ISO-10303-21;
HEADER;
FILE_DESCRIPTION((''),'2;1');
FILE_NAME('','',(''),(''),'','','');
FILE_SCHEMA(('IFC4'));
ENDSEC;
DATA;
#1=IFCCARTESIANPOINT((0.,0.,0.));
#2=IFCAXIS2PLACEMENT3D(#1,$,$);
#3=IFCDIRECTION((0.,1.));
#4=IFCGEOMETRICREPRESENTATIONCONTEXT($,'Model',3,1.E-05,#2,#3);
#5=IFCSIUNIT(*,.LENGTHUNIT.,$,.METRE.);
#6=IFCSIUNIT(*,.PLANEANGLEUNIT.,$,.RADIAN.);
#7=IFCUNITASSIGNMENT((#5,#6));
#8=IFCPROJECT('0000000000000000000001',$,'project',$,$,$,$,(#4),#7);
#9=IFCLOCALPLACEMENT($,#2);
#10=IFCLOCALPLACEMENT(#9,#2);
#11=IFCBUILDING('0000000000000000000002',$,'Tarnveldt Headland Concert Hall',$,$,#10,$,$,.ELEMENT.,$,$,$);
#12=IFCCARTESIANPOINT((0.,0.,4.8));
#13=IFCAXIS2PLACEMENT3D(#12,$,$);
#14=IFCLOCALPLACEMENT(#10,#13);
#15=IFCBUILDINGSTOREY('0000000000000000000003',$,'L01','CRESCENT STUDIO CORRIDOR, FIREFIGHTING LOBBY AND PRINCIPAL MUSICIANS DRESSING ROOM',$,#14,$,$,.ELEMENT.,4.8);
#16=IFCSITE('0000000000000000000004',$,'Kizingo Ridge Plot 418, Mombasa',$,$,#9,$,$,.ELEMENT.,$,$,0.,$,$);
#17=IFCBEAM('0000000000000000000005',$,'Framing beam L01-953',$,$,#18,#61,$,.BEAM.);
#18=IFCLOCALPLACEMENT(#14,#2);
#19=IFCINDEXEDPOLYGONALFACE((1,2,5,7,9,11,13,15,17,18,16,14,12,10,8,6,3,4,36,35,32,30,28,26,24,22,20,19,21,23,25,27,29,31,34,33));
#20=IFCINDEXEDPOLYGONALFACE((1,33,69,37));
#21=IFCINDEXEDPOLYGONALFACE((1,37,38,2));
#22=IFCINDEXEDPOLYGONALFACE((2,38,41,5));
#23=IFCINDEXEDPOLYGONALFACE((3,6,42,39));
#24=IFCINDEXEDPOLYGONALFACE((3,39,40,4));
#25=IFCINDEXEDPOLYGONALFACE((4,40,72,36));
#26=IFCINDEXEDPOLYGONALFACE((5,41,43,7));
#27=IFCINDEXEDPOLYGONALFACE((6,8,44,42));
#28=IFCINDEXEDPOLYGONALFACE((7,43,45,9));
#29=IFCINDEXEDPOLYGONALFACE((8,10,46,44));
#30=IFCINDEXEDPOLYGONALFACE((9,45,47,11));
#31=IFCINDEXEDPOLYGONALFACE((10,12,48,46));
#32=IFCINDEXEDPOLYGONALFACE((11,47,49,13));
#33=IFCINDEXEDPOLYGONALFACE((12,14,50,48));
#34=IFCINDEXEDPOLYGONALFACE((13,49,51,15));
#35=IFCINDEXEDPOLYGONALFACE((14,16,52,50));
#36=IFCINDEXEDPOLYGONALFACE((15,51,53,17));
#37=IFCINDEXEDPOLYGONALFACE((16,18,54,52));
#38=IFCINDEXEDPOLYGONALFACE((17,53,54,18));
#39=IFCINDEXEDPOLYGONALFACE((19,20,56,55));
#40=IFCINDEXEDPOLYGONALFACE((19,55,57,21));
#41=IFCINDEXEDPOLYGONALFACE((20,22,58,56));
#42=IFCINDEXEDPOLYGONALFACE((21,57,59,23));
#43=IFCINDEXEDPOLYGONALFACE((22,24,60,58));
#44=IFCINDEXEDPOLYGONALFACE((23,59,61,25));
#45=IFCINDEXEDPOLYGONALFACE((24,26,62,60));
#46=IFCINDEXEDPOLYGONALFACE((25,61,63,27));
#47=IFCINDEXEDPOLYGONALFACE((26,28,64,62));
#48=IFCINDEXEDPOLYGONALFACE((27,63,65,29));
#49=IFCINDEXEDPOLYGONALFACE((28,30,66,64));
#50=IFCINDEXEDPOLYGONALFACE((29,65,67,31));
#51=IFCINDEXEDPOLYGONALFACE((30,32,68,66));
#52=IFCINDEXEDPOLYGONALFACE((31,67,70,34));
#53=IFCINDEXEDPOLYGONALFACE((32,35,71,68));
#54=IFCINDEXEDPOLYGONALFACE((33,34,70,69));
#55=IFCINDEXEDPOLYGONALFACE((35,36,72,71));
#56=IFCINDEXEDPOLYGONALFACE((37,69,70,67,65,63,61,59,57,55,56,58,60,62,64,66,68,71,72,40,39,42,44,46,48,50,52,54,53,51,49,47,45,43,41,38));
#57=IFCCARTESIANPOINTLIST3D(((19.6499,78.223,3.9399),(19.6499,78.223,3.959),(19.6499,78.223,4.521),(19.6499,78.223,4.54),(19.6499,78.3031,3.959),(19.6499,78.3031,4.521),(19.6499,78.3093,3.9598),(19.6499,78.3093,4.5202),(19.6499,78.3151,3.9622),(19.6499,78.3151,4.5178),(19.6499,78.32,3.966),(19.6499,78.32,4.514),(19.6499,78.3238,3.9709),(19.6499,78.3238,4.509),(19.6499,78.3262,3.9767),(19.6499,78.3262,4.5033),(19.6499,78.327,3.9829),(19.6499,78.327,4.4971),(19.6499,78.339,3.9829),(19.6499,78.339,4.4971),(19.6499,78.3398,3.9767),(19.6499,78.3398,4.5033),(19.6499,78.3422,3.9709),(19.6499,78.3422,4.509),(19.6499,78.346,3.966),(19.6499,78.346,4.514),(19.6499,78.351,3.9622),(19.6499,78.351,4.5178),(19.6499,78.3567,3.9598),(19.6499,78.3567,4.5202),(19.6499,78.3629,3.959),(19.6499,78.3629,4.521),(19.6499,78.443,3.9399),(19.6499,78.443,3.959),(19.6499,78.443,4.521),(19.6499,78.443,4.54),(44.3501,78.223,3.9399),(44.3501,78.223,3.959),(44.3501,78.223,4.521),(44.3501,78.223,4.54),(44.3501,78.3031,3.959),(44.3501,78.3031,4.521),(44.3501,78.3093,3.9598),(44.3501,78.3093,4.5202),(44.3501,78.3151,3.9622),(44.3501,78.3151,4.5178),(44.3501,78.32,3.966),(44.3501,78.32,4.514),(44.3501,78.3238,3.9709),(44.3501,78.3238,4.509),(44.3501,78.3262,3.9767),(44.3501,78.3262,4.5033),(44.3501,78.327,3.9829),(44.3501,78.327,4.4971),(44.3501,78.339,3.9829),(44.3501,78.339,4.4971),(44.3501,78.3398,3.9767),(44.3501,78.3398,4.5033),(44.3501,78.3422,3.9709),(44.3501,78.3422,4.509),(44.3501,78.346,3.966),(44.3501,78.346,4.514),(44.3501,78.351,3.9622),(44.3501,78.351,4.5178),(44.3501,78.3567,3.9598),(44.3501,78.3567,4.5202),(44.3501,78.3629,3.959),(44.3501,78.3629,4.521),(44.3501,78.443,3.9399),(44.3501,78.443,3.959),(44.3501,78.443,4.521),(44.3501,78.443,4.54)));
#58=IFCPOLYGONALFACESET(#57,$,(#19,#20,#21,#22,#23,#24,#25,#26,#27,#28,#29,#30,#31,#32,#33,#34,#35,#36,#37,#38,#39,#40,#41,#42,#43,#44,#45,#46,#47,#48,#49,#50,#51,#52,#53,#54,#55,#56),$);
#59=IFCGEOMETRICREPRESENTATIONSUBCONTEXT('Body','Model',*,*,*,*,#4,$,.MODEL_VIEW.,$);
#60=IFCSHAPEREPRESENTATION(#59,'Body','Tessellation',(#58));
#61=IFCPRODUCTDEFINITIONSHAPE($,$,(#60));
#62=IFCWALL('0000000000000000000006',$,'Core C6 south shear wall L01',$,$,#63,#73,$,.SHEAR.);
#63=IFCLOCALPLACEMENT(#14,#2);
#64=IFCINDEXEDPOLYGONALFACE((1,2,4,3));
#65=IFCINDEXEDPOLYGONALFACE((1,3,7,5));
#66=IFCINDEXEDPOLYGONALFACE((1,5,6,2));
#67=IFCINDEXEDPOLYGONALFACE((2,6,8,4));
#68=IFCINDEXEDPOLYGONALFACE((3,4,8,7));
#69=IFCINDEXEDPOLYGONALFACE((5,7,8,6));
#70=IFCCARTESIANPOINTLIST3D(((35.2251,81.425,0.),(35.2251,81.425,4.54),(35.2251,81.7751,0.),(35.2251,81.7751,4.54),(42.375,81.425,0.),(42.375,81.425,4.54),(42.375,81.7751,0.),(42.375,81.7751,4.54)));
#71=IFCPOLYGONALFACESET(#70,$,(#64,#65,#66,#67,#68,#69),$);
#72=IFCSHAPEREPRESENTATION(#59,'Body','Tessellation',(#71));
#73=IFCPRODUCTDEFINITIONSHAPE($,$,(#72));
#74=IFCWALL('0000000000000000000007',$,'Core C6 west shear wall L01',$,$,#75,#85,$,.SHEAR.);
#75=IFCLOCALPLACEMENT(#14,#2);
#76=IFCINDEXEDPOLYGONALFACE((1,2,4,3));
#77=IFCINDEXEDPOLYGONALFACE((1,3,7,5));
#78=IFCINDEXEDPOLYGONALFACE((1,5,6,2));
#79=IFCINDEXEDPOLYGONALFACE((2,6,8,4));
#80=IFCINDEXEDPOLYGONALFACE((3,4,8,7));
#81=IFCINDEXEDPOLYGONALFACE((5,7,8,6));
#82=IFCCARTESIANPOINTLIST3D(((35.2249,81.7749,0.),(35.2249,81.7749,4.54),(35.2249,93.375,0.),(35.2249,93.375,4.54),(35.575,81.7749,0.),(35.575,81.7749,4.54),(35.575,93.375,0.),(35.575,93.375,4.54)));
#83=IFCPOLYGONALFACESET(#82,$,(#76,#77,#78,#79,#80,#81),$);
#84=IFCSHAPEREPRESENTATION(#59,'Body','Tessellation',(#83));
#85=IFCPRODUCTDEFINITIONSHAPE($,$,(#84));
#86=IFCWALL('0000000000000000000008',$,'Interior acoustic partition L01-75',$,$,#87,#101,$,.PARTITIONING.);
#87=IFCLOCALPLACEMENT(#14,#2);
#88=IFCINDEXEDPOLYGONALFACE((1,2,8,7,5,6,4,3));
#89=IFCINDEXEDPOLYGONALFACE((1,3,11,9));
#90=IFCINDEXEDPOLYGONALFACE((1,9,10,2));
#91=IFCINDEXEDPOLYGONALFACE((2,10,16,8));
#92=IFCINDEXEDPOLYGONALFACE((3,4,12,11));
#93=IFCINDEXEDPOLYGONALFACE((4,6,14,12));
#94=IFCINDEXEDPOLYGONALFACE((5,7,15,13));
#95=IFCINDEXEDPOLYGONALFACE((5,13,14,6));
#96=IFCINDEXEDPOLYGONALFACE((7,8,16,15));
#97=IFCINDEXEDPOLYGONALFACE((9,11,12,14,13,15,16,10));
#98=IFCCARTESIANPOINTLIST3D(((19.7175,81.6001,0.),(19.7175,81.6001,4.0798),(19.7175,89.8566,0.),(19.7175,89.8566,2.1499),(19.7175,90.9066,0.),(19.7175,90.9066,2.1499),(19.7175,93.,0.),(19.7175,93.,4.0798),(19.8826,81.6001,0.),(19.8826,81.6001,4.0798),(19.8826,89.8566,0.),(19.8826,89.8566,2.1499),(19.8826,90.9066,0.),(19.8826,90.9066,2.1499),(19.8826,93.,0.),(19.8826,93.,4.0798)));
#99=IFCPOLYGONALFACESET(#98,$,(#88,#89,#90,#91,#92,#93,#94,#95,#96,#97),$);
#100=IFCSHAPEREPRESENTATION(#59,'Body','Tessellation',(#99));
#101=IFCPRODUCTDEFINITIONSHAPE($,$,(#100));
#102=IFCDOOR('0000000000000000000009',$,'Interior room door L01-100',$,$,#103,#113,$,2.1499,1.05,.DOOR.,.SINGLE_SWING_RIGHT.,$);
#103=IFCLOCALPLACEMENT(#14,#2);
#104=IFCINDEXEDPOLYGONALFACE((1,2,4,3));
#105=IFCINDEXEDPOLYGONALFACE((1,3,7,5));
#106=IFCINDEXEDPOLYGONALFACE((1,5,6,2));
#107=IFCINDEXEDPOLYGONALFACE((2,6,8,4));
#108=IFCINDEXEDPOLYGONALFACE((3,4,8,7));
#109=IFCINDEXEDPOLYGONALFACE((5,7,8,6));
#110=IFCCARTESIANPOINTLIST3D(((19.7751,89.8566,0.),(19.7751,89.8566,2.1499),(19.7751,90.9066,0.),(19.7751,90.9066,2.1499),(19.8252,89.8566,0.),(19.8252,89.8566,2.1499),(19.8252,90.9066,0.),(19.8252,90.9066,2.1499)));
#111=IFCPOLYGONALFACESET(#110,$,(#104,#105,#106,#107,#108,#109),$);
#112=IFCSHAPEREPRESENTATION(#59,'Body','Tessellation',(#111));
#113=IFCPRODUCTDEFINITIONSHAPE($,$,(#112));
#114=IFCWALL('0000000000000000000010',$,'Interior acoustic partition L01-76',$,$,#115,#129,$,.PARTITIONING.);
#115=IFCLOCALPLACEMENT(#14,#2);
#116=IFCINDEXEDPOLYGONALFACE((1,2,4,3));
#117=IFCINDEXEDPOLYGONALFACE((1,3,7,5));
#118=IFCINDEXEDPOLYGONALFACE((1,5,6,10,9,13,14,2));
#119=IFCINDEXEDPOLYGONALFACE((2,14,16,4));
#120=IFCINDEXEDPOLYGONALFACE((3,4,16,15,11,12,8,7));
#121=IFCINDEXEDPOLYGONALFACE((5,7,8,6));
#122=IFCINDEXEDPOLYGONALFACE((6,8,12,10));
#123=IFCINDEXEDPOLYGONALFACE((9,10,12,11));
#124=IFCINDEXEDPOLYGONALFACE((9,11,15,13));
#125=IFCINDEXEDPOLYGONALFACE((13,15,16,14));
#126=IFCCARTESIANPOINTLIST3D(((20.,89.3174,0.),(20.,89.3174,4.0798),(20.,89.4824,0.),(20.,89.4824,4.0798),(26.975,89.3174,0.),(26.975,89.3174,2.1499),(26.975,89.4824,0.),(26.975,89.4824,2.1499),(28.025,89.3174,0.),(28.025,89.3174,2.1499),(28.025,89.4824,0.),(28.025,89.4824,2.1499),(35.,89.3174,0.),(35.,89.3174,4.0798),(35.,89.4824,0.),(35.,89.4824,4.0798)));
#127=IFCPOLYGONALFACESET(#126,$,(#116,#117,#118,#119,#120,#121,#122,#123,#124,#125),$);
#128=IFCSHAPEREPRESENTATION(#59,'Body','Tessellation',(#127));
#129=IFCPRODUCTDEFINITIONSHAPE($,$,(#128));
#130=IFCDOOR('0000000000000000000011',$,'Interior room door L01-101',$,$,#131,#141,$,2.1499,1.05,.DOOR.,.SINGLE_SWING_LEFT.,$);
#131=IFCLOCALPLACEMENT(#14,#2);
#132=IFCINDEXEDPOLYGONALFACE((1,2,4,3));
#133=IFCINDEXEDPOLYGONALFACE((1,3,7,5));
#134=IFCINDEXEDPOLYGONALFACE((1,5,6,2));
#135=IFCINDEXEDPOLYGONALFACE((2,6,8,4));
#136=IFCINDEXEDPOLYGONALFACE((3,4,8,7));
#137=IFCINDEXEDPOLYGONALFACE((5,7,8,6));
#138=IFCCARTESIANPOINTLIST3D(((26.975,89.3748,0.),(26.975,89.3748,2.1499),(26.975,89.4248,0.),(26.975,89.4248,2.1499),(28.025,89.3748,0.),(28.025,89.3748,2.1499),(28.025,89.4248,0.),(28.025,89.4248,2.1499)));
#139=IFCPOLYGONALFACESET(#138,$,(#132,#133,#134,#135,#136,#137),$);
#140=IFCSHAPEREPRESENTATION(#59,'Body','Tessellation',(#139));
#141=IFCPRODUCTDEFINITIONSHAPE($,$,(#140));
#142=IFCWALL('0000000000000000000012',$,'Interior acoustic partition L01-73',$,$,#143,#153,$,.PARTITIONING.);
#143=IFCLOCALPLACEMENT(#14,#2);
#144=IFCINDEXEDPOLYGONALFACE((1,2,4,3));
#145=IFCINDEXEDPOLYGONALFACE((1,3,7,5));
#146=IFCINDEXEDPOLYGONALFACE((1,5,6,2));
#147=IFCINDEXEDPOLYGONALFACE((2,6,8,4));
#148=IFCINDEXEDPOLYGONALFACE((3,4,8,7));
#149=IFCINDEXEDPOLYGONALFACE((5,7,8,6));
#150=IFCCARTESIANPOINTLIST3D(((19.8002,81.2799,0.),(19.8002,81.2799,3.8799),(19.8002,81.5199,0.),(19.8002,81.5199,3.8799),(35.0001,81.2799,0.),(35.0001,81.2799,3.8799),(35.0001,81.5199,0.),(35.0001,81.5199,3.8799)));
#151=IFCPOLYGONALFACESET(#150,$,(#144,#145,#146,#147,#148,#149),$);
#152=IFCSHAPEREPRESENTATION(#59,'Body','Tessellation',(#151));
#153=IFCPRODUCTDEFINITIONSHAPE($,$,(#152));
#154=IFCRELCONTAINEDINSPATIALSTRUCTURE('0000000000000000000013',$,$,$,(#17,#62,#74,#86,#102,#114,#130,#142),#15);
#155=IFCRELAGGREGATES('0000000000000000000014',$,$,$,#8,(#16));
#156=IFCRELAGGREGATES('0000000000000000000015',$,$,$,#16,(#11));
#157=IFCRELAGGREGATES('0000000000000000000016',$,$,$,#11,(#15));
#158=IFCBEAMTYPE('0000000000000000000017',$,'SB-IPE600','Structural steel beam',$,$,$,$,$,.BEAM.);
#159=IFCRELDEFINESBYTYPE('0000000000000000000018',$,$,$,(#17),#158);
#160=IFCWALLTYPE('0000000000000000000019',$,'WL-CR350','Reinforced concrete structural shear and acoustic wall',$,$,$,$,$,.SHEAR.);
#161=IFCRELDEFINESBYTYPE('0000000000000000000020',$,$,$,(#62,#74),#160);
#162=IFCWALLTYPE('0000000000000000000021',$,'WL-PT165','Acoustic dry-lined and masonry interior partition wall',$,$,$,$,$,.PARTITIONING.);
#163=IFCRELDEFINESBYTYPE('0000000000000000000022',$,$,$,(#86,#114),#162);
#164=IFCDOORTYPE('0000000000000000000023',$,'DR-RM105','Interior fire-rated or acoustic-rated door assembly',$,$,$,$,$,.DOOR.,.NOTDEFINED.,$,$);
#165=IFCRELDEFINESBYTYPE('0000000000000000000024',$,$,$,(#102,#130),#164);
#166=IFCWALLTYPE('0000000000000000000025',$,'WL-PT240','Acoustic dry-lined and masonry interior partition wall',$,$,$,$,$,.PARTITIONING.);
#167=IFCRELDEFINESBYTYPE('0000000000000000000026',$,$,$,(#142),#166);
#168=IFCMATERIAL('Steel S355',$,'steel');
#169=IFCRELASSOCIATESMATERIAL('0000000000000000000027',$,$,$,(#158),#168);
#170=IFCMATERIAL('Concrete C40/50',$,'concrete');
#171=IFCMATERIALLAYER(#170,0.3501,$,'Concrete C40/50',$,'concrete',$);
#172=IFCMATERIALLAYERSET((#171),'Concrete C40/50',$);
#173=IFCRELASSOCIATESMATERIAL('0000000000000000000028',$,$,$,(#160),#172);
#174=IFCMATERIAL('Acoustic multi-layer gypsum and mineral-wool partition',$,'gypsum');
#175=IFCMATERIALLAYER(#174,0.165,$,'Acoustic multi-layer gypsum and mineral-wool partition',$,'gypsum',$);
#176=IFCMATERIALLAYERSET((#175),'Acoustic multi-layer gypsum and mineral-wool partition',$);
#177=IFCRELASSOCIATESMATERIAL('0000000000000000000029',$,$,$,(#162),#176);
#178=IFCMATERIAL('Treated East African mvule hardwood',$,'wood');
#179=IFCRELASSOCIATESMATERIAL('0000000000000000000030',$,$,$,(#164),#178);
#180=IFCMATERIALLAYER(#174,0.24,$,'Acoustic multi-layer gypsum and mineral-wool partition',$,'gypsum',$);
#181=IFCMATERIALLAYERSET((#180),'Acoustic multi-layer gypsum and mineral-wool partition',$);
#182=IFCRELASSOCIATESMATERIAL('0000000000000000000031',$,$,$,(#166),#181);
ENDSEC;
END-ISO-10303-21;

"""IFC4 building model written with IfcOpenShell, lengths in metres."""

from ifc_helpers import new_model, si_unit, direction, frame, frame_2d, origin, origin_2d, place, context, subcontext, project, spatial, rectangle, i_section, extrude, material, layer, layer_set, material_profile, profile_set, type_object, element, fill, save


model = new_model("IFC4")

# Units and contexts
model_context = context("Model", 3, precision=1e-05, world=origin(), true_north=direction((0.0, 1.0)))
body_context = subcontext(model_context, "Body", "Model", "MODEL_VIEW")
ifc_project = project(units=[si_unit("LENGTHUNIT", "METRE"), si_unit("PLANEANGLEUNIT", "RADIAN")], contexts=[model_context])

# Site, building, storey
site_placement = place(None, origin())
site = spatial("IfcSite", under=ifc_project, at=site_placement, Name="Kizingo Ridge Plot 418, Mombasa", CompositionType="ELEMENT", RefElevation=0.0)
building_placement = place(site_placement, origin())
building = spatial("IfcBuilding", under=site, at=building_placement, Name="Tarnveldt Headland Concert Hall", CompositionType="ELEMENT")
storey_placement = place(building_placement, frame((0.0, 0.0, 4.8)))
storey = spatial("IfcBuildingStorey", under=building, at=storey_placement, Name="L01", Description="CRESCENT STUDIO CORRIDOR, FIREFIGHTING LOBBY AND PRINCIPAL MUSICIANS DRESSING ROOM", CompositionType="ELEMENT", Elevation=4.8)

# Shared definitions
ifc_material_1 = material(Name="Steel S355", Category="steel")

# Beam
ifc_material_profile_1 = material_profile(ifc_material_1, i_section(OverallWidth=0.22, OverallDepth=0.6001, WebThickness=0.012, FlangeThickness=0.019, FilletRadius=0.0239, at=origin_2d()), Name="IPE600", Category="steel")
ifc_profile_set_1 = profile_set([ifc_material_profile_1], Name="Steel S355")
beam_type_1 = type_object("IfcBeamType", Name="SB-IPE600", Description="Structural steel beam", PredefinedType="BEAM", material=ifc_profile_set_1)
for number, where, z_axis, x_axis, name in (
    (1, (19.6499, 78.333, 4.24), (1.0, 0.0, 0.0), (0.0, 1.0, 0.0), "Framing beam L01-953"),
):
    element("IfcBeam", number, at=place(storey_placement, frame(where, z_axis=z_axis, x_axis=x_axis)), inside=storey, type_object=beam_type_1, Name=name, PredefinedType="BEAM", context=body_context, shape_type="SweptSolid", body=[
        extrude(i_section(OverallWidth=0.22, OverallDepth=0.6001, WebThickness=0.012, FlangeThickness=0.019, FilletRadius=0.0239, at=origin_2d()), origin(), (0.0, 0.0, 1.0), 24.7002),
    ])

# Walls
ifc_material_2 = material(Name="Concrete C40/50", Category="concrete")
ifc_layer_1 = layer(ifc_material_2, 0.3501, Name="Concrete C40/50", Category="concrete")
ifc_layer_set_1 = layer_set([ifc_layer_1], Name="Concrete C40/50")
wall_type_1 = type_object("IfcWallType", Name="WL-CR350", Description="Reinforced concrete structural shear and acoustic wall", PredefinedType="SHEAR", material=ifc_layer_set_1)
wall_1_placement = place(storey_placement, frame((35.2251, 81.6001, 0.0), z_axis=(0.0, 0.0, 1.0), x_axis=(1.0, 0.0, 0.0)))
element("IfcWall", 2, at=wall_1_placement, inside=storey, type_object=wall_type_1, Name="Core C6 south shear wall L01", PredefinedType="SHEAR", context=body_context, shape_type="SweptSolid", body=[
    extrude(rectangle(XDim=7.1499, YDim=0.3501, at=frame_2d((3.575, 0.0))), origin(), (0.0, 0.0, 1.0), 4.54),
])
wall_2_placement = place(storey_placement, frame((35.3999, 81.7749, 0.0), z_axis=(0.0, 0.0, 1.0), x_axis=(0.0, 1.0, 0.0)))
element("IfcWall", 3, at=wall_2_placement, inside=storey, type_object=wall_type_1, Name="Core C6 west shear wall L01", PredefinedType="SHEAR", context=body_context, shape_type="SweptSolid", body=[
    extrude(rectangle(XDim=11.6001, YDim=0.3501, at=frame_2d((5.8, 0.0))), origin(), (0.0, 0.0, 1.0), 4.54),
])

# Walls, openings, doors
ifc_material_3 = material(Name="Acoustic multi-layer gypsum and mineral-wool partition", Category="gypsum")
ifc_layer_2 = layer(ifc_material_3, 0.165, Name="Acoustic multi-layer gypsum and mineral-wool partition", Category="gypsum")
ifc_layer_set_2 = layer_set([ifc_layer_2], Name="Acoustic multi-layer gypsum and mineral-wool partition")
wall_type_2 = type_object("IfcWallType", Name="WL-PT165", Description="Acoustic dry-lined and masonry interior partition wall", PredefinedType="PARTITIONING", material=ifc_layer_set_2)
wall_3_placement = place(storey_placement, frame((19.8, 81.6001, 0.0), z_axis=(0.0, 0.0, 1.0), x_axis=(0.0, 1.0, 0.0)))
wall_3 = element("IfcWall", 4, at=wall_3_placement, inside=storey, type_object=wall_type_2, Name="Interior acoustic partition L01-75", PredefinedType="PARTITIONING", context=body_context, shape_type="SweptSolid", body=[
    extrude(rectangle(XDim=11.3999, YDim=0.165, at=frame_2d((5.7, 0.0))), origin(), (0.0, 0.0, 1.0), 4.0798),
])
opening_1_placement = place(wall_3_placement, frame((8.2566, 0.0, 0.0)))
opening_1 = element("IfcOpeningElement", 5, at=opening_1_placement, cuts=wall_3, PredefinedType="OPENING", context=body_context, shape_type="SweptSolid", body=[
    extrude(rectangle(XDim=1.05, YDim=2.1499, at=frame_2d((0.5249, 1.075))), frame((0.0, 0.0925, 0.0), z_axis=(0.0, -1.0, 0.0), x_axis=(1.0, 0.0, 0.0)), (0.0, 0.0, 1.0), 0.1851),
])
ifc_material_4 = material(Name="Treated East African mvule hardwood", Category="wood")
door_type_1 = type_object("IfcDoorType", Name="DR-RM105", Description="Interior fire-rated or acoustic-rated door assembly", OperationType="NOTDEFINED", PredefinedType="DOOR", material=ifc_material_4)
door_1_placement = place(opening_1_placement, origin())
door_1 = element("IfcDoor", 6, at=door_1_placement, inside=storey, type_object=door_type_1, Name="Interior room door L01-100", OperationType="SINGLE_SWING_RIGHT", OverallHeight=2.1499, OverallWidth=1.05, PredefinedType="DOOR", context=body_context, shape_type="SweptSolid", body=[
    extrude(rectangle(XDim=1.05, YDim=2.1499, at=frame_2d((0.5249, 1.075))), frame((0.0, 0.0249, 0.0), z_axis=(0.0, -1.0, 0.0), x_axis=(1.0, 0.0, 0.0)), (0.0, 0.0, 1.0), 0.05),
])
fill(opening_1, door_1)
wall_4_placement = place(storey_placement, frame((20.0, 89.3999, 0.0), z_axis=(0.0, 0.0, 1.0), x_axis=(1.0, 0.0, 0.0)))
wall_4 = element("IfcWall", 7, at=wall_4_placement, inside=storey, type_object=wall_type_2, Name="Interior acoustic partition L01-76", PredefinedType="PARTITIONING", context=body_context, shape_type="SweptSolid", body=[
    extrude(rectangle(XDim=15.0, YDim=0.165, at=frame_2d((7.5, 0.0))), origin(), (0.0, 0.0, 1.0), 4.0798),
])
opening_2_placement = place(wall_4_placement, frame((6.9751, 0.0, 0.0)))
opening_2 = element("IfcOpeningElement", 8, at=opening_2_placement, cuts=wall_4, PredefinedType="OPENING", context=body_context, shape_type="SweptSolid", body=[
    extrude(rectangle(XDim=1.05, YDim=2.1499, at=frame_2d((0.5249, 1.075))), frame((0.0, 0.0925, 0.0), z_axis=(0.0, -1.0, 0.0), x_axis=(1.0, 0.0, 0.0)), (0.0, 0.0, 1.0), 0.1851),
])
door_2_placement = place(opening_2_placement, origin())
door_2 = element("IfcDoor", 9, at=door_2_placement, inside=storey, type_object=door_type_1, Name="Interior room door L01-101", OperationType="SINGLE_SWING_LEFT", OverallHeight=2.1499, OverallWidth=1.05, PredefinedType="DOOR", context=body_context, shape_type="SweptSolid", body=[
    extrude(rectangle(XDim=1.05, YDim=2.1499, at=frame_2d((0.5249, 1.075))), frame((0.0, 0.0249, 0.0), z_axis=(0.0, -1.0, 0.0), x_axis=(1.0, 0.0, 0.0)), (0.0, 0.0, 1.0), 0.05),
])
fill(opening_2, door_2)

# Wall
ifc_layer_3 = layer(ifc_material_3, 0.24, Name="Acoustic multi-layer gypsum and mineral-wool partition", Category="gypsum")
ifc_layer_set_3 = layer_set([ifc_layer_3], Name="Acoustic multi-layer gypsum and mineral-wool partition")
wall_type_3 = type_object("IfcWallType", Name="WL-PT240", Description="Acoustic dry-lined and masonry interior partition wall", PredefinedType="PARTITIONING", material=ifc_layer_set_3)
wall_5_placement = place(storey_placement, frame((19.8, 81.3999, 0.0), z_axis=(0.0, 0.0, 1.0), x_axis=(1.0, 0.0, 0.0)))
element("IfcWall", 10, at=wall_5_placement, inside=storey, type_object=wall_type_3, Name="Interior acoustic partition L01-73", PredefinedType="PARTITIONING", context=body_context, shape_type="SweptSolid", body=[
    extrude(rectangle(XDim=15.2, YDim=0.24, at=frame_2d((7.6001, 0.0))), origin(), (0.0, 0.0, 1.0), 3.8799),
])

save(model, "model.ifc")
